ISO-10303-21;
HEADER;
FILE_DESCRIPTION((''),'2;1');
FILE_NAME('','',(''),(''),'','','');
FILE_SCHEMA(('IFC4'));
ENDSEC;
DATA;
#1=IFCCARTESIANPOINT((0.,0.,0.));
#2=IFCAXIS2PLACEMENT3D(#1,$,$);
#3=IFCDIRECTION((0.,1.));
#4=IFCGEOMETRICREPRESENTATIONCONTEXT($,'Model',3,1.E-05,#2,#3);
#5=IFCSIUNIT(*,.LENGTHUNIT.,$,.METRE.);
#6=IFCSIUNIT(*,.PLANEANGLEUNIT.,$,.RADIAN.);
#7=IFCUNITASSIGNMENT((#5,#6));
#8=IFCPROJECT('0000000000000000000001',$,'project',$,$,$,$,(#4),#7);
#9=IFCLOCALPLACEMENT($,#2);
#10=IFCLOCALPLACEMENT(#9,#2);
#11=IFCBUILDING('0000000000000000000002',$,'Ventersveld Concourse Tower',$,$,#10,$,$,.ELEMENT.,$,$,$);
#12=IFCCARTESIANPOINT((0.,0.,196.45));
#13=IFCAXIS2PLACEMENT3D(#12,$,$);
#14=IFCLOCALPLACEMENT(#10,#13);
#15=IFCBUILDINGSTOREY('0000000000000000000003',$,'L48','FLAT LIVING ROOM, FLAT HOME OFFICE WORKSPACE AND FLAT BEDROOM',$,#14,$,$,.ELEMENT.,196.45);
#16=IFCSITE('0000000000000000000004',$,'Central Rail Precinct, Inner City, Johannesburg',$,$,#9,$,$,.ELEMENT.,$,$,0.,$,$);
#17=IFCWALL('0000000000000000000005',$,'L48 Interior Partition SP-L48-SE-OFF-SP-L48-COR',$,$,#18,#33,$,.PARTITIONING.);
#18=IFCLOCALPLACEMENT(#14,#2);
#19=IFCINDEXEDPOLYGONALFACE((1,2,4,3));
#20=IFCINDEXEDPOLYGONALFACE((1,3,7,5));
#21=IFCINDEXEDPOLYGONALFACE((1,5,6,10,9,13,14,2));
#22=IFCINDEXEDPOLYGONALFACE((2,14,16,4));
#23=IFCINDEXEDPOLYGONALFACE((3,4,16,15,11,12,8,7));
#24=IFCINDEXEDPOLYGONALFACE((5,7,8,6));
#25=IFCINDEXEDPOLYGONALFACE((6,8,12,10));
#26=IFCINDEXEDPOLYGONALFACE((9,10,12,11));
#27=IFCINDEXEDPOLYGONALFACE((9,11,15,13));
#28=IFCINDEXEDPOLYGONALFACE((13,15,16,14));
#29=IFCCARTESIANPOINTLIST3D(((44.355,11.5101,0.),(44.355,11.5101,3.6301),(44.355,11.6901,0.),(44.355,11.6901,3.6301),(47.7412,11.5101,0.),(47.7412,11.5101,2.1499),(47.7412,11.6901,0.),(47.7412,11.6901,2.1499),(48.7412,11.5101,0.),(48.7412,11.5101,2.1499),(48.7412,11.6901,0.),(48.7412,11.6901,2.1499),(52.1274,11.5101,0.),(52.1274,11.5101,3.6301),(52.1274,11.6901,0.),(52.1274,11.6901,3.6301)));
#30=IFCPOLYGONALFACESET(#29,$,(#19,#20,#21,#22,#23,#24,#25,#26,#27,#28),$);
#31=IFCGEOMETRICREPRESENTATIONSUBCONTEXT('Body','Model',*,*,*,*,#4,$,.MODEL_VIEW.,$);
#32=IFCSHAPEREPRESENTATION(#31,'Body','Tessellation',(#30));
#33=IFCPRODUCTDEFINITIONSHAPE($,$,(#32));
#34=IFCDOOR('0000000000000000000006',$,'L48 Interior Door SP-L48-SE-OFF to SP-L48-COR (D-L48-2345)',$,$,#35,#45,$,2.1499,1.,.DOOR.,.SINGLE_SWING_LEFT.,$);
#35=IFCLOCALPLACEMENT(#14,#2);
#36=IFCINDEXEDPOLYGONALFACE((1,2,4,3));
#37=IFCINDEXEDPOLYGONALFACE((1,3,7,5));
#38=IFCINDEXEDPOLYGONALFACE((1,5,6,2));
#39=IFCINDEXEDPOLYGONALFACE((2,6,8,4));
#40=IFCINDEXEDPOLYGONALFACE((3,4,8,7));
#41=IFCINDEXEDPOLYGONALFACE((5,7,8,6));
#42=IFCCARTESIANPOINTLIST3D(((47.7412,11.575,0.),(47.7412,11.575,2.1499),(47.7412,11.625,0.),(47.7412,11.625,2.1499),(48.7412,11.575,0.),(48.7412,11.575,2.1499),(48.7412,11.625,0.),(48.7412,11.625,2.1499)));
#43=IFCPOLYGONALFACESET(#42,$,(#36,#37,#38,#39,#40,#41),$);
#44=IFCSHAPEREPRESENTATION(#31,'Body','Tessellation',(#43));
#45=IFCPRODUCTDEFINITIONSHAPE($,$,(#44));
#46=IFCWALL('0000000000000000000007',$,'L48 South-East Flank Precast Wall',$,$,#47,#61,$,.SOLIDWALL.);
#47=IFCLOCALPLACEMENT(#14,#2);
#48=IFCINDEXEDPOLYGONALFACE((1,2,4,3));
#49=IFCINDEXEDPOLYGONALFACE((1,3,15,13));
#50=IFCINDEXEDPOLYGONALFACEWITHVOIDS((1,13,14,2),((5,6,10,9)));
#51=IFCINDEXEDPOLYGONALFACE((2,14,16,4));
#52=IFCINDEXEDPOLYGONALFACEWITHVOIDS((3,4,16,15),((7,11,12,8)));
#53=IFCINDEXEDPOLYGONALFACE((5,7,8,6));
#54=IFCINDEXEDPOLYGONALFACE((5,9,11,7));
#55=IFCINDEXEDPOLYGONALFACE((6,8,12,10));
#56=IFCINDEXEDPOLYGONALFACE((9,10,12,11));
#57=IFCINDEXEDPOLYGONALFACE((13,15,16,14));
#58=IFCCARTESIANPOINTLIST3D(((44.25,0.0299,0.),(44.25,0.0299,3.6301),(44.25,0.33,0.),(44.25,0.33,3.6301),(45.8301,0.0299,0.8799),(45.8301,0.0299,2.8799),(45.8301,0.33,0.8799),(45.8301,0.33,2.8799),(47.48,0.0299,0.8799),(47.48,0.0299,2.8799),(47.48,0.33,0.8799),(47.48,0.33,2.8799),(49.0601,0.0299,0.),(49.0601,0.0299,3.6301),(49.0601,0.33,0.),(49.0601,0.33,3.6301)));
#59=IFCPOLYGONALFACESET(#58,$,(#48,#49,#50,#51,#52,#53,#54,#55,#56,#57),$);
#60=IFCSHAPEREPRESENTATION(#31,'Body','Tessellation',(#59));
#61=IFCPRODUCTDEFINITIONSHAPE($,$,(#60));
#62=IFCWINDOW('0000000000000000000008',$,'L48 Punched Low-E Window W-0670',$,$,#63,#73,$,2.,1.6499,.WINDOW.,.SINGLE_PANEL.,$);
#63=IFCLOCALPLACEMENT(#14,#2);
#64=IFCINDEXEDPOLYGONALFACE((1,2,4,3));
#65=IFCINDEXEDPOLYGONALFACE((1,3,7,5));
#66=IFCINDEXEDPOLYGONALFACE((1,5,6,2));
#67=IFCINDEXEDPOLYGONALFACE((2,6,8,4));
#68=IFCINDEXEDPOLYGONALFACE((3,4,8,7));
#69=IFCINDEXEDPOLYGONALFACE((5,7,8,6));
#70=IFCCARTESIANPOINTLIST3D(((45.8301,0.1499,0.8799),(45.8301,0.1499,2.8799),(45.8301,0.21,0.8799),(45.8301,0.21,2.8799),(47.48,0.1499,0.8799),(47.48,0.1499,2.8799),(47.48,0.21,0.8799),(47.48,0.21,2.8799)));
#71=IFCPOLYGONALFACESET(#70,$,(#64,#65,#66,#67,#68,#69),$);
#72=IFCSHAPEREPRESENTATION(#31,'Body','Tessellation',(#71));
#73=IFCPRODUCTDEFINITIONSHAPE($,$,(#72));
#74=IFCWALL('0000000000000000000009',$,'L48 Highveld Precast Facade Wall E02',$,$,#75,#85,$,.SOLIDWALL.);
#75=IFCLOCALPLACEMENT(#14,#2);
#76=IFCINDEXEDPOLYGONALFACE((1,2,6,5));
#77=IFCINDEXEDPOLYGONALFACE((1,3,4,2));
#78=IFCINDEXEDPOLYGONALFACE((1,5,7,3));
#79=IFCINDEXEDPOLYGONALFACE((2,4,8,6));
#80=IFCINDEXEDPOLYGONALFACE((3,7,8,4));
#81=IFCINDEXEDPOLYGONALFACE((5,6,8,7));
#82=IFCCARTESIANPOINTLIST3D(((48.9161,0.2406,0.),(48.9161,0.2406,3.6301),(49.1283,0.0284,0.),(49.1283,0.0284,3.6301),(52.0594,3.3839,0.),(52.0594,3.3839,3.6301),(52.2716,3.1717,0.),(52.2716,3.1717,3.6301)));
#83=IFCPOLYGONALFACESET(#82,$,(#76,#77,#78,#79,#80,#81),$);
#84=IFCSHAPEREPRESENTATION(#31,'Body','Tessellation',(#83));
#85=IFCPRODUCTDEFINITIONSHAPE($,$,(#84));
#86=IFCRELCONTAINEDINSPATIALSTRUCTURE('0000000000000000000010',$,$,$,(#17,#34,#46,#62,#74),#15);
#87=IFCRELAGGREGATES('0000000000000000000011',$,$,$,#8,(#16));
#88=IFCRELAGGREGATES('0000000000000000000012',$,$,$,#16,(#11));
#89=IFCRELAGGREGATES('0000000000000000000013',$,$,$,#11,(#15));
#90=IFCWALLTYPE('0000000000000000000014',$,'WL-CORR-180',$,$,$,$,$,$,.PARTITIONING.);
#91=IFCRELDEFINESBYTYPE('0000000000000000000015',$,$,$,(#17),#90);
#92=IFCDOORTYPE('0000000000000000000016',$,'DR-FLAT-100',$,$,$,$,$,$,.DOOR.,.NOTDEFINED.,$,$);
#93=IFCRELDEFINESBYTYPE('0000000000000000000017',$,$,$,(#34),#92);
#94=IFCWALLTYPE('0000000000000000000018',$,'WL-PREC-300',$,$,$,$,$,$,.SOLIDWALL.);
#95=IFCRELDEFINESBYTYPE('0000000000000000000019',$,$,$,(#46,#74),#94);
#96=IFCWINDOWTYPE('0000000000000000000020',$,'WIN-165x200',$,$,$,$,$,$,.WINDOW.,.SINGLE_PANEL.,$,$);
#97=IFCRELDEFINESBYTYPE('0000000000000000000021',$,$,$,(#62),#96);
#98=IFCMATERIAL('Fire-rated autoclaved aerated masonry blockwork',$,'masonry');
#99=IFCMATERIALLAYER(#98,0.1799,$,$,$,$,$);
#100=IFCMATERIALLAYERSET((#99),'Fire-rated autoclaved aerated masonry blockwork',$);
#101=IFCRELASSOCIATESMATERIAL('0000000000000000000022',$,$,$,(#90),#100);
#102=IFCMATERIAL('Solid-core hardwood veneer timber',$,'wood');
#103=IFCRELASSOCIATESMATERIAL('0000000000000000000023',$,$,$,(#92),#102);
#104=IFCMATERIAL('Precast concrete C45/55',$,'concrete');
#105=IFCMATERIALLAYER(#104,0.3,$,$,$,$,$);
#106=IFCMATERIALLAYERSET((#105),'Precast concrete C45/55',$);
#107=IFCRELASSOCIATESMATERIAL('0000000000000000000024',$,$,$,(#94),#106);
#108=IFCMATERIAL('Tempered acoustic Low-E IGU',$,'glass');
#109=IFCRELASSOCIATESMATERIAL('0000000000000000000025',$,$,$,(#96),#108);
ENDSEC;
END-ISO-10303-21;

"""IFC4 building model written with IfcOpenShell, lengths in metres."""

from ifc_helpers import new_model, si_unit, direction, frame, frame_2d, origin, place, context, subcontext, project, spatial, rectangle, extrude, material, layer, layer_set, type_object, element, fill, save


model = new_model("IFC4")

# Units and contexts
model_context = context("Model", 3, precision=1e-05, world=origin(), true_north=direction((0.0, 1.0)))
body_context = subcontext(model_context, "Body", "Model", "MODEL_VIEW")
ifc_project = project(units=[si_unit("LENGTHUNIT", "METRE"), si_unit("PLANEANGLEUNIT", "RADIAN")], contexts=[model_context])

# Site, building, storey
site_placement = place(None, origin())
site = spatial("IfcSite", under=ifc_project, at=site_placement, Name="Central Rail Precinct, Inner City, Johannesburg", CompositionType="ELEMENT", RefElevation=0.0)
building_placement = place(site_placement, origin())
building = spatial("IfcBuilding", under=site, at=building_placement, Name="Ventersveld Concourse Tower", CompositionType="ELEMENT")
storey_placement = place(building_placement, frame((0.0, 0.0, 196.45)))
storey = spatial("IfcBuildingStorey", under=building, at=storey_placement, Name="L48", Description="FLAT LIVING ROOM, FLAT HOME OFFICE WORKSPACE AND FLAT BEDROOM", CompositionType="ELEMENT", Elevation=196.45)

# Wall, opening, door
ifc_material_1 = material(Name="Fire-rated autoclaved aerated masonry blockwork", Category="masonry")
ifc_layer_1 = layer(ifc_material_1, 0.1799)
ifc_layer_set_1 = layer_set([ifc_layer_1], Name="Fire-rated autoclaved aerated masonry blockwork")
wall_type_1 = type_object("IfcWallType", Name="WL-CORR-180", PredefinedType="PARTITIONING", material=ifc_layer_set_1)
wall_1_placement = place(storey_placement, frame((44.355, 11.6001, 0.0), z_axis=(0.0, 0.0, 1.0), x_axis=(1.0, 0.0, 0.0)))
wall_1 = element("IfcWall", 1, at=wall_1_placement, inside=storey, type_object=wall_type_1, Name="L48 Interior Partition SP-L48-SE-OFF-SP-L48-COR", PredefinedType="PARTITIONING", context=body_context, shape_type="SweptSolid", body=[
    extrude(rectangle(XDim=7.7725, YDim=0.1799, at=frame_2d((3.8862, 0.0))), origin(), (0.0, 0.0, 1.0), 3.6301),
])
opening_1_placement = place(wall_1_placement, frame((3.3862, 0.0, 0.0)))
opening_1 = element("IfcOpeningElement", 2, at=opening_1_placement, cuts=wall_1, PredefinedType="OPENING", context=body_context, shape_type="SweptSolid", body=[
    extrude(rectangle(XDim=1.0, YDim=2.1499, at=frame_2d((0.5, 1.075))), frame((0.0, 0.1001, 0.0), z_axis=(0.0, -1.0, 0.0), x_axis=(1.0, 0.0, 0.0)), (0.0, 0.0, 1.0), 0.2),
])
ifc_material_2 = material(Name="Solid-core hardwood veneer timber", Category="wood")
door_type = type_object("IfcDoorType", Name="DR-FLAT-100", OperationType="NOTDEFINED", PredefinedType="DOOR", material=ifc_material_2)
door_placement = place(opening_1_placement, origin())
door = element("IfcDoor", 3, at=door_placement, inside=storey, type_object=door_type, Name="L48 Interior Door SP-L48-SE-OFF to SP-L48-COR (D-L48-2345)", OperationType="SINGLE_SWING_LEFT", OverallHeight=2.1499, OverallWidth=1.0, PredefinedType="DOOR", context=body_context, shape_type="SweptSolid", body=[
    extrude(rectangle(XDim=1.0, YDim=2.1499, at=frame_2d((0.5, 1.075))), frame((0.0, 0.0249, 0.0), z_axis=(0.0, -1.0, 0.0), x_axis=(1.0, 0.0, 0.0)), (0.0, 0.0, 1.0), 0.05),
])
fill(opening_1, door)

# Wall, opening, window
ifc_material_3 = material(Name="Precast concrete C45/55", Category="concrete")
ifc_layer_2 = layer(ifc_material_3, 0.3)
ifc_layer_set_2 = layer_set([ifc_layer_2], Name="Precast concrete C45/55")
wall_type_2 = type_object("IfcWallType", Name="WL-PREC-300", PredefinedType="SOLIDWALL", material=ifc_layer_set_2)
wall_2_placement = place(storey_placement, frame((44.25, 0.1799, 0.0), z_axis=(0.0, 0.0, 1.0), x_axis=(1.0, 0.0, 0.0)))
wall_2 = element("IfcWall", 4, at=wall_2_placement, inside=storey, type_object=wall_type_2, Name="L48 South-East Flank Precast Wall", PredefinedType="SOLIDWALL", context=body_context, shape_type="SweptSolid", body=[
    extrude(rectangle(XDim=4.8101, YDim=0.3, at=frame_2d((2.405, 0.0))), origin(), (0.0, 0.0, 1.0), 3.6301),
])
opening_2_placement = place(wall_2_placement, frame((1.5801, 0.0, 0.8799)))
opening_2 = element("IfcOpeningElement", 5, at=opening_2_placement, cuts=wall_2, PredefinedType="OPENING", context=body_context, shape_type="SweptSolid", body=[
    extrude(rectangle(XDim=1.6499, YDim=2.0, at=frame_2d((0.825, 1.0))), frame((0.0, 0.1602, 0.0), z_axis=(0.0, -1.0, 0.0), x_axis=(1.0, 0.0, 0.0)), (0.0, 0.0, 1.0), 0.3201),
])
ifc_material_4 = material(Name="Tempered acoustic Low-E IGU", Category="glass")
window_type_1 = type_object("IfcWindowType", Name="WIN-165x200", PartitioningType="SINGLE_PANEL", PredefinedType="WINDOW", material=ifc_material_4)
window_1_placement = place(opening_2_placement, origin())
window_1 = element("IfcWindow", 6, at=window_1_placement, inside=storey, type_object=window_type_1, Name="L48 Punched Low-E Window W-0670", OverallHeight=2.0, OverallWidth=1.6499, PartitioningType="SINGLE_PANEL", PredefinedType="WINDOW", context=body_context, shape_type="SweptSolid", body=[
    extrude(rectangle(XDim=1.6499, YDim=2.0, at=frame_2d((0.825, 1.0))), frame((0.0, 0.03, 0.0), z_axis=(0.0, -1.0, 0.0), x_axis=(1.0, 0.0, 0.0)), (0.0, 0.0, 1.0), 0.0601),
])
fill(opening_2, window_1)

# Wall
wall_3_placement = place(storey_placement, frame((49.0222, 0.1345, 0.0), z_axis=(0.0, 0.0, 1.0), x_axis=(0.707107, 0.707107, 0.0)))
element("IfcWall", 7, at=wall_3_placement, inside=storey, type_object=wall_type_2, Name="L48 Highveld Precast Facade Wall E02", PredefinedType="SOLIDWALL", context=body_context, shape_type="SweptSolid", body=[
    extrude(rectangle(XDim=4.4453, YDim=0.3, at=frame_2d((2.2227, 0.0))), origin(), (0.0, 0.0, 1.0), 3.6301),
])

save(model, "model.ifc")
